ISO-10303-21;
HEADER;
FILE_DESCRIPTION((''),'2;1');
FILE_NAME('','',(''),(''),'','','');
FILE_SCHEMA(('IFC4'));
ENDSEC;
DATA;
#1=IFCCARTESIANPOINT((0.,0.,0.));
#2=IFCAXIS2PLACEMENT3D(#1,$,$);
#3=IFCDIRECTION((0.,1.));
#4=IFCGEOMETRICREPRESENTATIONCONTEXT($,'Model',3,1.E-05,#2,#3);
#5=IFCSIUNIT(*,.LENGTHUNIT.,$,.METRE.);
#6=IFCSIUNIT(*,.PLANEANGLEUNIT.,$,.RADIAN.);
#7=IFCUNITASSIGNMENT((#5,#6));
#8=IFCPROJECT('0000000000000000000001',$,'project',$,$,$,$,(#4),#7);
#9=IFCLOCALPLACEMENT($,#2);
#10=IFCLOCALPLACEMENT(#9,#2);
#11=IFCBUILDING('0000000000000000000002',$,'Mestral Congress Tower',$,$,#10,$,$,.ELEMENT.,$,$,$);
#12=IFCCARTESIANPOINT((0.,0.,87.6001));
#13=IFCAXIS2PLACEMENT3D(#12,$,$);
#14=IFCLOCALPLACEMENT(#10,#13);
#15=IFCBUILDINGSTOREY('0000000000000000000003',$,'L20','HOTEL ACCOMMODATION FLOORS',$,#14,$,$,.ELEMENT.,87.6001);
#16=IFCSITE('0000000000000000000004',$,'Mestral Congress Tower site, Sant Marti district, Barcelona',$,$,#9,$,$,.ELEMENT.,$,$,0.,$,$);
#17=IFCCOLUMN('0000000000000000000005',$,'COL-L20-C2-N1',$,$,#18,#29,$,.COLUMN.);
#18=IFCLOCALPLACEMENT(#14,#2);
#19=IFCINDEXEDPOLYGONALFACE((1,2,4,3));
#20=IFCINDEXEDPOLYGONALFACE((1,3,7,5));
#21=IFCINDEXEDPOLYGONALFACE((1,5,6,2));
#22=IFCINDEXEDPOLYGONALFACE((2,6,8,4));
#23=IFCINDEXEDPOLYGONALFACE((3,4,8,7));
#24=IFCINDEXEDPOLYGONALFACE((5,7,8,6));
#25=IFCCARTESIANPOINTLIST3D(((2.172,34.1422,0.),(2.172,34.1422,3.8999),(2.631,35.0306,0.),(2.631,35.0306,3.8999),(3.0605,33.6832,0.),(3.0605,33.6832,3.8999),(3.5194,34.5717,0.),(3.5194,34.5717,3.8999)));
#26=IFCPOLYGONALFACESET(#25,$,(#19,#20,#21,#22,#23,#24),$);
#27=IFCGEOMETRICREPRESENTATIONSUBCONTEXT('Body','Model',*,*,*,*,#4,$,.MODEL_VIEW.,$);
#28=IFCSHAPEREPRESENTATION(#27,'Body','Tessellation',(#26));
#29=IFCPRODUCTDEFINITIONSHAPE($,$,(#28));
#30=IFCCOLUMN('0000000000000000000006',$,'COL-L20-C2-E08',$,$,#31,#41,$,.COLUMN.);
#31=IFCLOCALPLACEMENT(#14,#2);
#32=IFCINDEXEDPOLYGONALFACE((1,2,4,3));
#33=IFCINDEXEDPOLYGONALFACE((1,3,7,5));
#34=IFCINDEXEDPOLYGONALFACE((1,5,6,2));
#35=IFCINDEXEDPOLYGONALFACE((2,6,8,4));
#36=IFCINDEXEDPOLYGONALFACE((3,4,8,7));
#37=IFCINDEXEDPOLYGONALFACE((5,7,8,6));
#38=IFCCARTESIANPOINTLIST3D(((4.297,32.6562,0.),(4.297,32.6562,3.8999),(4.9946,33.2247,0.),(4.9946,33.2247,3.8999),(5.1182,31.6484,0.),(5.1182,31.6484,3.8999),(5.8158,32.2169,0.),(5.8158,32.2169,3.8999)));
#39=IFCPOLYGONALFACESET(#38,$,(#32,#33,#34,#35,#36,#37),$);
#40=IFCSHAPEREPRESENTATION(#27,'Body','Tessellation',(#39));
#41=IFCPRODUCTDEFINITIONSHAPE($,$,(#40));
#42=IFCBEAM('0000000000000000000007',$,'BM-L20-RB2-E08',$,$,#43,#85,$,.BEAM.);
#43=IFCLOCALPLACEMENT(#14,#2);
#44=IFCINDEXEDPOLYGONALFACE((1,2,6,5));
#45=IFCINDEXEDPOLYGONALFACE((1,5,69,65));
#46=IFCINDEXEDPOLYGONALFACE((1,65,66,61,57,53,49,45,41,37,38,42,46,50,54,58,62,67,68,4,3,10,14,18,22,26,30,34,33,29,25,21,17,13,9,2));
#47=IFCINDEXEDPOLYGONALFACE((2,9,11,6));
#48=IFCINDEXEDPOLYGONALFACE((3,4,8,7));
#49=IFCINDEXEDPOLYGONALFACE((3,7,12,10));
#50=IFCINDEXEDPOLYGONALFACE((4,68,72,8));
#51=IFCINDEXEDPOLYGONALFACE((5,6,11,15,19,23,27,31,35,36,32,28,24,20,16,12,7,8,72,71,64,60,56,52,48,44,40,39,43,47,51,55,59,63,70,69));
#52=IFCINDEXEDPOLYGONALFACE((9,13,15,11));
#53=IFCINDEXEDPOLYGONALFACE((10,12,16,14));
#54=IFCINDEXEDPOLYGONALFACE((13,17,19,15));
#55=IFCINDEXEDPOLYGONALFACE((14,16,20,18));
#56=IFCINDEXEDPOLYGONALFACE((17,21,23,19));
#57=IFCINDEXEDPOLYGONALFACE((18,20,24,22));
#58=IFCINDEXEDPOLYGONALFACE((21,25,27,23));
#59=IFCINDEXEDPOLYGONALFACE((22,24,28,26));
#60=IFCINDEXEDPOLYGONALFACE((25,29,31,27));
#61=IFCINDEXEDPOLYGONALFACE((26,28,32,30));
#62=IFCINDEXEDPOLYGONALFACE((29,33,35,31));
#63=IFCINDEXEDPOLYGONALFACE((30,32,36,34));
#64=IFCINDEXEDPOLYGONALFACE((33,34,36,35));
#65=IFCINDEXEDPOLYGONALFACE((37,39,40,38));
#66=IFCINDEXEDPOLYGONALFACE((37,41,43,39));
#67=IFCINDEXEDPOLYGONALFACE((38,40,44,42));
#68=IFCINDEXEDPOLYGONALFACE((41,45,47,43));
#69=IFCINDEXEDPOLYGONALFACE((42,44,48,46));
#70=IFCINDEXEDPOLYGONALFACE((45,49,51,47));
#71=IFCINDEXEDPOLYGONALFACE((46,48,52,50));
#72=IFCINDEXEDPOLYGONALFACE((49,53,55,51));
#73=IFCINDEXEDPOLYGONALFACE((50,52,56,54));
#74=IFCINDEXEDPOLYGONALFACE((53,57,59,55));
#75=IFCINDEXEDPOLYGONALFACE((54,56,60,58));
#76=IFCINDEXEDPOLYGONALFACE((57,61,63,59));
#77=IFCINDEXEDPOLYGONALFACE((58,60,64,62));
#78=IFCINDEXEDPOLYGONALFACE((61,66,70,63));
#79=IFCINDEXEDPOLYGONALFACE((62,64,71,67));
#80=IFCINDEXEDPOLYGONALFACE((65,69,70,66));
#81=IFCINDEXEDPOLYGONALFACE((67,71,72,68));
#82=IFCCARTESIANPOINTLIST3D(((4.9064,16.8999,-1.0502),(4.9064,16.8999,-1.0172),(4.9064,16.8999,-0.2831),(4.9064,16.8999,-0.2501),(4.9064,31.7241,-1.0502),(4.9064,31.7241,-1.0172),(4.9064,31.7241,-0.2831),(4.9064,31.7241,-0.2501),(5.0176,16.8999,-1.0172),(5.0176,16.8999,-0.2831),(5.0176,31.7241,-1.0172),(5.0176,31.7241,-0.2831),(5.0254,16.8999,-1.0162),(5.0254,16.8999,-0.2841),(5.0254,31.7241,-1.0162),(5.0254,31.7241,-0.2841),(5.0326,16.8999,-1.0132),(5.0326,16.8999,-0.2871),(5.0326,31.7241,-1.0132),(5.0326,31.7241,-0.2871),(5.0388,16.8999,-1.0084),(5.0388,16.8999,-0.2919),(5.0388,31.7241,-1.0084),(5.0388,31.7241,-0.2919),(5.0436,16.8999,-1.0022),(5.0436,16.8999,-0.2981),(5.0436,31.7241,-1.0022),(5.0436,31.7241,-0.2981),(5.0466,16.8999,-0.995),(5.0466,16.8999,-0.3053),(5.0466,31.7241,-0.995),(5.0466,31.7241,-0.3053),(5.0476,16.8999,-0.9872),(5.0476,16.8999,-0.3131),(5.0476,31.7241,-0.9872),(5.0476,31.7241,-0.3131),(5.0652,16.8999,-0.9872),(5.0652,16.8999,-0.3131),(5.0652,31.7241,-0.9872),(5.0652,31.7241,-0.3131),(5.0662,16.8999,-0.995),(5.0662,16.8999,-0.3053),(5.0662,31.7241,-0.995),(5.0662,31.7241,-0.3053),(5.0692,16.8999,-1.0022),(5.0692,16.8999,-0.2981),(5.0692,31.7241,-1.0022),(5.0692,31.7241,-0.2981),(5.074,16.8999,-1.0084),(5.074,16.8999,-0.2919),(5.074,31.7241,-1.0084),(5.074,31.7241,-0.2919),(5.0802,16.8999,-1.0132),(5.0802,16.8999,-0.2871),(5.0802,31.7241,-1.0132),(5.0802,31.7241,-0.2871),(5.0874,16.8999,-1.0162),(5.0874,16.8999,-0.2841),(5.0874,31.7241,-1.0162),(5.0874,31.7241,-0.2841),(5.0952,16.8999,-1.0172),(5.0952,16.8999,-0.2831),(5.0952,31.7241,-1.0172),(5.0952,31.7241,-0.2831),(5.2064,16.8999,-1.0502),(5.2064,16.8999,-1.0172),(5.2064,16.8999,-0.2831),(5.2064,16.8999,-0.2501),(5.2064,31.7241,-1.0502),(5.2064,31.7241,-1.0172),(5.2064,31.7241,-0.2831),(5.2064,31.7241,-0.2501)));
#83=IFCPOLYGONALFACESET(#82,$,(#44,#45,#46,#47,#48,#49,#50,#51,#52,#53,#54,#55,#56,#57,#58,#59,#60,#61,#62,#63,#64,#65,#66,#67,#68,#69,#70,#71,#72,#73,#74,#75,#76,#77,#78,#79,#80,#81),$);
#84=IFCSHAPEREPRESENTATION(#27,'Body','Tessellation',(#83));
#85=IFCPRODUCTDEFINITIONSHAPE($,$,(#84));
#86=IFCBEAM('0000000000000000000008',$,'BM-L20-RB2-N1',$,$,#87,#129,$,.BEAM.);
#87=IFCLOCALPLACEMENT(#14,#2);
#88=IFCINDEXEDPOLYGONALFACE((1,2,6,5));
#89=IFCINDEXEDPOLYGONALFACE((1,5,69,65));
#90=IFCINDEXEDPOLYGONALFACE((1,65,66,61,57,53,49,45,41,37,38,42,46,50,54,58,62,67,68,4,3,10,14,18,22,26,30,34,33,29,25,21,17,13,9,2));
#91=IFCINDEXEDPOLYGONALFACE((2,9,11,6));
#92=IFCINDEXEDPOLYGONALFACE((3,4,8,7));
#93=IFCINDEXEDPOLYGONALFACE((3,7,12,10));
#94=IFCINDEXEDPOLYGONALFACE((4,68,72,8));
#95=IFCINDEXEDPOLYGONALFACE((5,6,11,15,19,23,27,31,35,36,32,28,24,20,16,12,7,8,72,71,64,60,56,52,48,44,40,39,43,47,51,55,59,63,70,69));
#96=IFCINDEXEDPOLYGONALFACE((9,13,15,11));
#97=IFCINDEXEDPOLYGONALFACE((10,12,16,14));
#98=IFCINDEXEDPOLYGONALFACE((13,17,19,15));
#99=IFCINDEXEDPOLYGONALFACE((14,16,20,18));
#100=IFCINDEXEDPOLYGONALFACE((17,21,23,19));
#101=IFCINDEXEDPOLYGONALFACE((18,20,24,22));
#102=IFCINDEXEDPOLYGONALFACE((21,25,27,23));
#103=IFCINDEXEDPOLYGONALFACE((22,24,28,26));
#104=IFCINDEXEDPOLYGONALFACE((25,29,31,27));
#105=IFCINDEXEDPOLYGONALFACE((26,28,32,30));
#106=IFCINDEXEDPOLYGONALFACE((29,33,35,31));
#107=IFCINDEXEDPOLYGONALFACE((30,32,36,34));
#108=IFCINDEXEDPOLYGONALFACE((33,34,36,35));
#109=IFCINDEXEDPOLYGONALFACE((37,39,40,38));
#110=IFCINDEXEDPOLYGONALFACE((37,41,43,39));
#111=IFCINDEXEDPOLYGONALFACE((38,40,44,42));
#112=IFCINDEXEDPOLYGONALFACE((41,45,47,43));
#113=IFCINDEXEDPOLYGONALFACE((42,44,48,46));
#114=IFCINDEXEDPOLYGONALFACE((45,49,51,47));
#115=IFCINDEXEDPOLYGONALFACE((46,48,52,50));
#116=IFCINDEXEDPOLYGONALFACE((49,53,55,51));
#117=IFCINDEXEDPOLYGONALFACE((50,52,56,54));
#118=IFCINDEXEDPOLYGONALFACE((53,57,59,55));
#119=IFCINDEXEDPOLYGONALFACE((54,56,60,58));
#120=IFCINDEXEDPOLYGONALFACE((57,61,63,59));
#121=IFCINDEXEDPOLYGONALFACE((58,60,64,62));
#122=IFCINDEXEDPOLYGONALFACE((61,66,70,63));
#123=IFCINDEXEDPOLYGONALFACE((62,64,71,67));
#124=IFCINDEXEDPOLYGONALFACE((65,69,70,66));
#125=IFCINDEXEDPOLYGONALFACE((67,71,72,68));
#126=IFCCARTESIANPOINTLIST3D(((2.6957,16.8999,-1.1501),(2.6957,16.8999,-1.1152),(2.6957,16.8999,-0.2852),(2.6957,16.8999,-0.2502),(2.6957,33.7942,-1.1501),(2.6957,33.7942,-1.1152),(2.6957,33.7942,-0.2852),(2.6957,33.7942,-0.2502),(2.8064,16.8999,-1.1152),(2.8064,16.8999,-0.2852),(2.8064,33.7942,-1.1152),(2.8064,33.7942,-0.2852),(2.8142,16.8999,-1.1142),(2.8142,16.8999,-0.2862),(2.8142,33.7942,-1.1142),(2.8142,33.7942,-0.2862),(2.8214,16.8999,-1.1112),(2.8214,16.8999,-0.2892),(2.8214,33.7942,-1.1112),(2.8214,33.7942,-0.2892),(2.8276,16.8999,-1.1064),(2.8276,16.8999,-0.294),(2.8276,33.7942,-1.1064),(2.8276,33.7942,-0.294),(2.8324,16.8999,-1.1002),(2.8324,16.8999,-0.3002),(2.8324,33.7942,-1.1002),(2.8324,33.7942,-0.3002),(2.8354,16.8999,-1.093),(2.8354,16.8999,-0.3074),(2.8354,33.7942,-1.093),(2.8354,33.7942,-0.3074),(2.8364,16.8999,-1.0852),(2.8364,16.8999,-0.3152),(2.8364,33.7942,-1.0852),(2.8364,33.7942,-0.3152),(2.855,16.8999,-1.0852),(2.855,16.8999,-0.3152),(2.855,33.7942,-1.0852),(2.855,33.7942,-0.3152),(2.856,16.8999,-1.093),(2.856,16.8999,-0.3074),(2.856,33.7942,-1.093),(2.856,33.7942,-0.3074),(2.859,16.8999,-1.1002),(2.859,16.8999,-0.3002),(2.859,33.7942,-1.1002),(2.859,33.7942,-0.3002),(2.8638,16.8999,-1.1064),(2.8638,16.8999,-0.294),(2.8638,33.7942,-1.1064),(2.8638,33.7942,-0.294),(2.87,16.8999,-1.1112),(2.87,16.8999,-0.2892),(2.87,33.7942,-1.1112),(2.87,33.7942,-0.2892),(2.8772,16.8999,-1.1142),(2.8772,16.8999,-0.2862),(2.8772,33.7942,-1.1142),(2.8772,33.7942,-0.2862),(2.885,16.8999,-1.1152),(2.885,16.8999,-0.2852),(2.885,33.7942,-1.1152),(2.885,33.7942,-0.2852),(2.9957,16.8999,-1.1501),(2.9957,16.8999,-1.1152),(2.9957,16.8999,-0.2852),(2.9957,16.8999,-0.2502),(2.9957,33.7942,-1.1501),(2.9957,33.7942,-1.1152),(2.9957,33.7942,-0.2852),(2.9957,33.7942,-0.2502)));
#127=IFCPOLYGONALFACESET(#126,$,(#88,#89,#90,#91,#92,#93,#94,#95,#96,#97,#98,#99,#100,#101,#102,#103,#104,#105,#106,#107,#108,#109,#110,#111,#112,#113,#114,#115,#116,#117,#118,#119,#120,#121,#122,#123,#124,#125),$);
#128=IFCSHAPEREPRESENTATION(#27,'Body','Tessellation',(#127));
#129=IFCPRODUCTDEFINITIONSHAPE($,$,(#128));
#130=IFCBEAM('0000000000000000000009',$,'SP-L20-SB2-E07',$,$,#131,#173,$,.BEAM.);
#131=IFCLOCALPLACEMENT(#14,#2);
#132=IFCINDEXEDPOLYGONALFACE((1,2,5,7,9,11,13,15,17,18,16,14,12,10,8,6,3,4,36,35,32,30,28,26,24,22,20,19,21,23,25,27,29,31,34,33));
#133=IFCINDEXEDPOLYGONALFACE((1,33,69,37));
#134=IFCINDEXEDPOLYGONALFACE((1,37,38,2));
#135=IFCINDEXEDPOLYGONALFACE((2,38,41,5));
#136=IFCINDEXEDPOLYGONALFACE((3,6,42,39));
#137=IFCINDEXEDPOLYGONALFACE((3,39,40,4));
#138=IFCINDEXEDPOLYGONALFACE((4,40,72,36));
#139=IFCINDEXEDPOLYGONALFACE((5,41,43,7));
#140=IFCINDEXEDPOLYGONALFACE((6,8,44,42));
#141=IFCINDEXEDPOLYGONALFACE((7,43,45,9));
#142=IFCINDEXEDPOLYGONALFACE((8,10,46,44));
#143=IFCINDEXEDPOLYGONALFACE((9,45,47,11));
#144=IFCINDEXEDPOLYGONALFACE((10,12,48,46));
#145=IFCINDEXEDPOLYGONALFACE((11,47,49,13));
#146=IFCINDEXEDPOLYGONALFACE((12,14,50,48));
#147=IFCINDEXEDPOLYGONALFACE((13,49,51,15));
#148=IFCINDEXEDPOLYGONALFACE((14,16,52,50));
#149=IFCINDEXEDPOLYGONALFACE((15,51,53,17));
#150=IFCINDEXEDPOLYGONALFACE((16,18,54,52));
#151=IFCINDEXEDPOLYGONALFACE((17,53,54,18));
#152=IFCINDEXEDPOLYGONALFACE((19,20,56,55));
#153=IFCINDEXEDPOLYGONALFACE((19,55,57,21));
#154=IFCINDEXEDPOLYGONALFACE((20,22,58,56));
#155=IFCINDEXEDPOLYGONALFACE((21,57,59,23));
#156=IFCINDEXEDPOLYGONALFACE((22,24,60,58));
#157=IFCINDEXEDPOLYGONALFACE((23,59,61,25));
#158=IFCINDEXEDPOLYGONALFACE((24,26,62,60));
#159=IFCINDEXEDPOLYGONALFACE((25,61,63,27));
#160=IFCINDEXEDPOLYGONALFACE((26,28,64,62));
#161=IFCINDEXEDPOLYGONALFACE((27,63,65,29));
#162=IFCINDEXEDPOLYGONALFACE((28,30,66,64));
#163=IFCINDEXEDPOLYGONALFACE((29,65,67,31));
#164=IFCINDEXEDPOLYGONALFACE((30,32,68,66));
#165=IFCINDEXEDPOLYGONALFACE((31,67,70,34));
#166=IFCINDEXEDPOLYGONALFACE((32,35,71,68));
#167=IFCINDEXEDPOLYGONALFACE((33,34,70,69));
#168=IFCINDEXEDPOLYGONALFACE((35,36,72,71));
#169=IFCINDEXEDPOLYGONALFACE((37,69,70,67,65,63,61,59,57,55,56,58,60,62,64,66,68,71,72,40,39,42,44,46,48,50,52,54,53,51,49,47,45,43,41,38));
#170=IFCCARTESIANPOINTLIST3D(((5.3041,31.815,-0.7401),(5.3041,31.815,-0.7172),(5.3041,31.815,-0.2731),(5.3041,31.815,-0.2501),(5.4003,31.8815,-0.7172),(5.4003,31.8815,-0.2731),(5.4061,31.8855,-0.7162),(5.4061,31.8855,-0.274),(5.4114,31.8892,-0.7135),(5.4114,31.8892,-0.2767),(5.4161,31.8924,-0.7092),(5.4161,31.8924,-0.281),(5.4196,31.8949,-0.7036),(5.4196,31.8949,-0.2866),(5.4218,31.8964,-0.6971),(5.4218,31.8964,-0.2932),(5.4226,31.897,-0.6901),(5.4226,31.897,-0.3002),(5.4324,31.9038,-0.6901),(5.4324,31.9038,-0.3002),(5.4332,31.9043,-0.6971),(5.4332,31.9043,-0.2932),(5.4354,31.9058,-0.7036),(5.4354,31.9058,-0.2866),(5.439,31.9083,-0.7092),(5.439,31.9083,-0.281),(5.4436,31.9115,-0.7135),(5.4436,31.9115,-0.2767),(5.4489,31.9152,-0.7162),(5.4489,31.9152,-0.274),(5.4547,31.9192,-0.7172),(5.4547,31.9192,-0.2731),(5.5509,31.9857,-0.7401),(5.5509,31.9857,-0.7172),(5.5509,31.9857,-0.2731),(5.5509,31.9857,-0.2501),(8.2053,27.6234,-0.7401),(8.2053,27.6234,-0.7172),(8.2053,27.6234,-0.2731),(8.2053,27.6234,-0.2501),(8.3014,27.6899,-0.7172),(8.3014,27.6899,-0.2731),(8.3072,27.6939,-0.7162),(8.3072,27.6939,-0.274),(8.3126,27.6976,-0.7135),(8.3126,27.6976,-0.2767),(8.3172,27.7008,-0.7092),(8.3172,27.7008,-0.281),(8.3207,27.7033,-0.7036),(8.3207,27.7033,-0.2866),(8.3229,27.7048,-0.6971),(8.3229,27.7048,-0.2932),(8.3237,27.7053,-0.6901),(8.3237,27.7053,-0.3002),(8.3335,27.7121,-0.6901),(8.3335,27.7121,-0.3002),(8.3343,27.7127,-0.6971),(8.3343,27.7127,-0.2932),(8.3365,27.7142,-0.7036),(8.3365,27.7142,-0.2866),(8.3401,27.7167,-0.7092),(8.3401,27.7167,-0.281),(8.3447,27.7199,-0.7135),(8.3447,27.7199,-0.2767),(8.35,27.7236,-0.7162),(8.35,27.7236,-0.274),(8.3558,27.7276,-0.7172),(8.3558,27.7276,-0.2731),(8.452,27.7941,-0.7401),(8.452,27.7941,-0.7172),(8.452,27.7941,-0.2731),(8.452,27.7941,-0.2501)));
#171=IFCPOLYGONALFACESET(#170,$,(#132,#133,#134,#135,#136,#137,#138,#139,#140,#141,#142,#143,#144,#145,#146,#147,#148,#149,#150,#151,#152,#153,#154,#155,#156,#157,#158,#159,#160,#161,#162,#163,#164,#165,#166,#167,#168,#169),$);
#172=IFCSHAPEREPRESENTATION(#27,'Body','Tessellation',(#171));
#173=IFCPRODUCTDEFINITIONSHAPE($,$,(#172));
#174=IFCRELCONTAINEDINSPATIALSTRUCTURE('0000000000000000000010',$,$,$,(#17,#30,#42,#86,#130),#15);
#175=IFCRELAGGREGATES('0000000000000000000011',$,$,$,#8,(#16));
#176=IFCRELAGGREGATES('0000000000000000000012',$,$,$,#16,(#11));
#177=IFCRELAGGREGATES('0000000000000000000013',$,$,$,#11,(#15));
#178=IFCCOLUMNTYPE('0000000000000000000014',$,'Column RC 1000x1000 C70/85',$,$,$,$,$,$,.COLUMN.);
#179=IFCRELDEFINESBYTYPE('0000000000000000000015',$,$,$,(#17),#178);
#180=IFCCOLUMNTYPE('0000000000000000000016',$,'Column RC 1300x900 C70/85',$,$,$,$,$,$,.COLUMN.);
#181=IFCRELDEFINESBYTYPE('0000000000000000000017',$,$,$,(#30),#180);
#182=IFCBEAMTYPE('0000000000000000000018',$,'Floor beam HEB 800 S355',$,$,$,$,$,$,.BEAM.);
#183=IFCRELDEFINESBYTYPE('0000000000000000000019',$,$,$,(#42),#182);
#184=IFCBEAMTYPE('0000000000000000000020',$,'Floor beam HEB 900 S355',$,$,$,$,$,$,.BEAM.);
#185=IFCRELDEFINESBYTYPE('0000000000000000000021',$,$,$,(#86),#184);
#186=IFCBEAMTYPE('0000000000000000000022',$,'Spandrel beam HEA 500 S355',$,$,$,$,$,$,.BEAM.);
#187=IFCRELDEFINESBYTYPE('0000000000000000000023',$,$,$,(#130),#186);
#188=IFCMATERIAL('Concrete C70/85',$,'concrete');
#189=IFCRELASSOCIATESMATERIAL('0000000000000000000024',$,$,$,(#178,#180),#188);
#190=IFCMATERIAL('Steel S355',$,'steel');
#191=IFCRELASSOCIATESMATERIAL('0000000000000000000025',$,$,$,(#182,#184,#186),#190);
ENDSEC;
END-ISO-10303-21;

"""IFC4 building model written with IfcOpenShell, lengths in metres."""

from ifc_helpers import new_model, si_unit, direction, frame, origin, origin_2d, place, context, subcontext, project, spatial, rectangle, i_section, extrude, material, material_profile, profile_set, type_object, element, save


model = new_model("IFC4")

# Units and contexts
model_context = context("Model", 3, precision=1e-05, world=origin(), true_north=direction((0.0, 1.0)))
body_context = subcontext(model_context, "Body", "Model", "MODEL_VIEW")
ifc_project = project(units=[si_unit("LENGTHUNIT", "METRE"), si_unit("PLANEANGLEUNIT", "RADIAN")], contexts=[model_context])

# Site, building, storey
site_placement = place(None, origin())
site = spatial("IfcSite", under=ifc_project, at=site_placement, Name="Mestral Congress Tower site, Sant Marti district, Barcelona", CompositionType="ELEMENT", RefElevation=0.0)
building_placement = place(site_placement, origin())
building = spatial("IfcBuilding", under=site, at=building_placement, Name="Mestral Congress Tower", CompositionType="ELEMENT")
storey_placement = place(building_placement, frame((0.0, 0.0, 87.6001)))
storey = spatial("IfcBuildingStorey", under=building, at=storey_placement, Name="L20", Description="HOTEL ACCOMMODATION FLOORS", CompositionType="ELEMENT", Elevation=87.6001)

# Columns
ifc_material_1 = material(Name="Concrete C70/85", Category="concrete")
ifc_material_profile_1 = material_profile(ifc_material_1, rectangle(XDim=1.0, YDim=1.0, at=origin_2d()), Name="RC 1000x1000")
ifc_profile_set_1 = profile_set([ifc_material_profile_1], Name="Concrete C70/85")
column_type_1 = type_object("IfcColumnType", Name="Column RC 1000x1000 C70/85", PredefinedType="COLUMN", material=ifc_profile_set_1)
column_1_placement = place(storey_placement, frame((2.8457, 34.3569, 0.0), z_axis=(0.0, 0.0, 1.0), x_axis=(-0.888456, 0.458961, 0.0)))
element("IfcColumn", 1, at=column_1_placement, inside=storey, type_object=column_type_1, Name="COL-L20-C2-N1", PredefinedType="COLUMN", context=body_context, shape_type="SweptSolid", body=[
    extrude(rectangle(XDim=1.0, YDim=1.0, at=origin_2d()), origin(), (0.0, 0.0, 1.0), 3.8999),
])
ifc_material_profile_2 = material_profile(ifc_material_1, rectangle(XDim=1.3, YDim=0.8999, at=origin_2d()), Name="RC 1300x900")
ifc_profile_set_2 = profile_set([ifc_material_profile_2], Name="Concrete C70/85")
column_type_2 = type_object("IfcColumnType", Name="Column RC 1300x900 C70/85", PredefinedType="COLUMN", material=ifc_profile_set_2)
column_2_placement = place(storey_placement, frame((5.0564, 32.4365, 0.0), z_axis=(0.0, 0.0, 1.0), x_axis=(-0.631709, 0.775206, 0.0)))
element("IfcColumn", 2, at=column_2_placement, inside=storey, type_object=column_type_2, Name="COL-L20-C2-E08", PredefinedType="COLUMN", context=body_context, shape_type="SweptSolid", body=[
    extrude(rectangle(XDim=1.3, YDim=0.8999, at=origin_2d()), origin(), (0.0, 0.0, 1.0), 3.8999),
])

# Beams
ifc_material_2 = material(Name="Steel S355", Category="steel")
ifc_material_profile_3 = material_profile(ifc_material_2, i_section(OverallWidth=0.3, OverallDepth=0.8, WebThickness=0.0176, FlangeThickness=0.033, FilletRadius=0.03, at=origin_2d()), Name="HEB 800")
ifc_profile_set_3 = profile_set([ifc_material_profile_3], Name="Steel S355")
beam_type_1 = type_object("IfcBeamType", Name="Floor beam HEB 800 S355", PredefinedType="BEAM", material=ifc_profile_set_3)
beam_1_placement = place(storey_placement, frame((5.0564, 31.7241, -0.6501), z_axis=(0.0, -1.0, 0.0), x_axis=(1.0, 0.0, 0.0)))
element("IfcBeam", 3, at=beam_1_placement, inside=storey, type_object=beam_type_1, Name="BM-L20-RB2-E08", PredefinedType="BEAM", context=body_context, shape_type="SweptSolid", body=[
    extrude(i_section(OverallWidth=0.3, OverallDepth=0.8, WebThickness=0.0176, FlangeThickness=0.033, FilletRadius=0.03, at=origin_2d()), origin(), (0.0, 0.0, 1.0), 14.8242),
])
ifc_material_profile_4 = material_profile(ifc_material_2, i_section(OverallWidth=0.3, OverallDepth=0.8999, WebThickness=0.0186, FlangeThickness=0.0349, FilletRadius=0.03, at=origin_2d()), Name="HEB 900")
ifc_profile_set_4 = profile_set([ifc_material_profile_4], Name="Steel S355")
beam_type_2 = type_object("IfcBeamType", Name="Floor beam HEB 900 S355", PredefinedType="BEAM", material=ifc_profile_set_4)
beam_2_placement = place(storey_placement, frame((2.8457, 33.7942, -0.7002), z_axis=(0.0, -1.0, 0.0), x_axis=(1.0, 0.0, 0.0)))
element("IfcBeam", 4, at=beam_2_placement, inside=storey, type_object=beam_type_2, Name="BM-L20-RB2-N1", PredefinedType="BEAM", context=body_context, shape_type="SweptSolid", body=[
    extrude(i_section(OverallWidth=0.3, OverallDepth=0.8999, WebThickness=0.0186, FlangeThickness=0.0349, FilletRadius=0.03, at=origin_2d()), origin(), (0.0, 0.0, 1.0), 16.8943),
])
ifc_material_profile_5 = material_profile(ifc_material_2, i_section(OverallWidth=0.3, OverallDepth=0.49, WebThickness=0.012, FlangeThickness=0.0229, FilletRadius=0.0271, at=origin_2d()), Name="HEA 500")
ifc_profile_set_5 = profile_set([ifc_material_profile_5], Name="Steel S355")
beam_type_3 = type_object("IfcBeamType", Name="Spandrel beam HEA 500 S355", PredefinedType="BEAM", material=ifc_profile_set_5)
beam_3_placement = place(storey_placement, frame((8.3286, 27.7087, -0.4951), z_axis=(-0.569105, 0.822265, 0.0), x_axis=(-0.822265, -0.569105, 0.0)))
element("IfcBeam", 5, at=beam_3_placement, inside=storey, type_object=beam_type_3, Name="SP-L20-SB2-E07", PredefinedType="BEAM", context=body_context, shape_type="SweptSolid", body=[
    extrude(i_section(OverallWidth=0.3, OverallDepth=0.49, WebThickness=0.012, FlangeThickness=0.0229, FilletRadius=0.0271, at=origin_2d()), origin(), (0.0, 0.0, 1.0), 5.0977),
])

save(model, "model.ifc")
